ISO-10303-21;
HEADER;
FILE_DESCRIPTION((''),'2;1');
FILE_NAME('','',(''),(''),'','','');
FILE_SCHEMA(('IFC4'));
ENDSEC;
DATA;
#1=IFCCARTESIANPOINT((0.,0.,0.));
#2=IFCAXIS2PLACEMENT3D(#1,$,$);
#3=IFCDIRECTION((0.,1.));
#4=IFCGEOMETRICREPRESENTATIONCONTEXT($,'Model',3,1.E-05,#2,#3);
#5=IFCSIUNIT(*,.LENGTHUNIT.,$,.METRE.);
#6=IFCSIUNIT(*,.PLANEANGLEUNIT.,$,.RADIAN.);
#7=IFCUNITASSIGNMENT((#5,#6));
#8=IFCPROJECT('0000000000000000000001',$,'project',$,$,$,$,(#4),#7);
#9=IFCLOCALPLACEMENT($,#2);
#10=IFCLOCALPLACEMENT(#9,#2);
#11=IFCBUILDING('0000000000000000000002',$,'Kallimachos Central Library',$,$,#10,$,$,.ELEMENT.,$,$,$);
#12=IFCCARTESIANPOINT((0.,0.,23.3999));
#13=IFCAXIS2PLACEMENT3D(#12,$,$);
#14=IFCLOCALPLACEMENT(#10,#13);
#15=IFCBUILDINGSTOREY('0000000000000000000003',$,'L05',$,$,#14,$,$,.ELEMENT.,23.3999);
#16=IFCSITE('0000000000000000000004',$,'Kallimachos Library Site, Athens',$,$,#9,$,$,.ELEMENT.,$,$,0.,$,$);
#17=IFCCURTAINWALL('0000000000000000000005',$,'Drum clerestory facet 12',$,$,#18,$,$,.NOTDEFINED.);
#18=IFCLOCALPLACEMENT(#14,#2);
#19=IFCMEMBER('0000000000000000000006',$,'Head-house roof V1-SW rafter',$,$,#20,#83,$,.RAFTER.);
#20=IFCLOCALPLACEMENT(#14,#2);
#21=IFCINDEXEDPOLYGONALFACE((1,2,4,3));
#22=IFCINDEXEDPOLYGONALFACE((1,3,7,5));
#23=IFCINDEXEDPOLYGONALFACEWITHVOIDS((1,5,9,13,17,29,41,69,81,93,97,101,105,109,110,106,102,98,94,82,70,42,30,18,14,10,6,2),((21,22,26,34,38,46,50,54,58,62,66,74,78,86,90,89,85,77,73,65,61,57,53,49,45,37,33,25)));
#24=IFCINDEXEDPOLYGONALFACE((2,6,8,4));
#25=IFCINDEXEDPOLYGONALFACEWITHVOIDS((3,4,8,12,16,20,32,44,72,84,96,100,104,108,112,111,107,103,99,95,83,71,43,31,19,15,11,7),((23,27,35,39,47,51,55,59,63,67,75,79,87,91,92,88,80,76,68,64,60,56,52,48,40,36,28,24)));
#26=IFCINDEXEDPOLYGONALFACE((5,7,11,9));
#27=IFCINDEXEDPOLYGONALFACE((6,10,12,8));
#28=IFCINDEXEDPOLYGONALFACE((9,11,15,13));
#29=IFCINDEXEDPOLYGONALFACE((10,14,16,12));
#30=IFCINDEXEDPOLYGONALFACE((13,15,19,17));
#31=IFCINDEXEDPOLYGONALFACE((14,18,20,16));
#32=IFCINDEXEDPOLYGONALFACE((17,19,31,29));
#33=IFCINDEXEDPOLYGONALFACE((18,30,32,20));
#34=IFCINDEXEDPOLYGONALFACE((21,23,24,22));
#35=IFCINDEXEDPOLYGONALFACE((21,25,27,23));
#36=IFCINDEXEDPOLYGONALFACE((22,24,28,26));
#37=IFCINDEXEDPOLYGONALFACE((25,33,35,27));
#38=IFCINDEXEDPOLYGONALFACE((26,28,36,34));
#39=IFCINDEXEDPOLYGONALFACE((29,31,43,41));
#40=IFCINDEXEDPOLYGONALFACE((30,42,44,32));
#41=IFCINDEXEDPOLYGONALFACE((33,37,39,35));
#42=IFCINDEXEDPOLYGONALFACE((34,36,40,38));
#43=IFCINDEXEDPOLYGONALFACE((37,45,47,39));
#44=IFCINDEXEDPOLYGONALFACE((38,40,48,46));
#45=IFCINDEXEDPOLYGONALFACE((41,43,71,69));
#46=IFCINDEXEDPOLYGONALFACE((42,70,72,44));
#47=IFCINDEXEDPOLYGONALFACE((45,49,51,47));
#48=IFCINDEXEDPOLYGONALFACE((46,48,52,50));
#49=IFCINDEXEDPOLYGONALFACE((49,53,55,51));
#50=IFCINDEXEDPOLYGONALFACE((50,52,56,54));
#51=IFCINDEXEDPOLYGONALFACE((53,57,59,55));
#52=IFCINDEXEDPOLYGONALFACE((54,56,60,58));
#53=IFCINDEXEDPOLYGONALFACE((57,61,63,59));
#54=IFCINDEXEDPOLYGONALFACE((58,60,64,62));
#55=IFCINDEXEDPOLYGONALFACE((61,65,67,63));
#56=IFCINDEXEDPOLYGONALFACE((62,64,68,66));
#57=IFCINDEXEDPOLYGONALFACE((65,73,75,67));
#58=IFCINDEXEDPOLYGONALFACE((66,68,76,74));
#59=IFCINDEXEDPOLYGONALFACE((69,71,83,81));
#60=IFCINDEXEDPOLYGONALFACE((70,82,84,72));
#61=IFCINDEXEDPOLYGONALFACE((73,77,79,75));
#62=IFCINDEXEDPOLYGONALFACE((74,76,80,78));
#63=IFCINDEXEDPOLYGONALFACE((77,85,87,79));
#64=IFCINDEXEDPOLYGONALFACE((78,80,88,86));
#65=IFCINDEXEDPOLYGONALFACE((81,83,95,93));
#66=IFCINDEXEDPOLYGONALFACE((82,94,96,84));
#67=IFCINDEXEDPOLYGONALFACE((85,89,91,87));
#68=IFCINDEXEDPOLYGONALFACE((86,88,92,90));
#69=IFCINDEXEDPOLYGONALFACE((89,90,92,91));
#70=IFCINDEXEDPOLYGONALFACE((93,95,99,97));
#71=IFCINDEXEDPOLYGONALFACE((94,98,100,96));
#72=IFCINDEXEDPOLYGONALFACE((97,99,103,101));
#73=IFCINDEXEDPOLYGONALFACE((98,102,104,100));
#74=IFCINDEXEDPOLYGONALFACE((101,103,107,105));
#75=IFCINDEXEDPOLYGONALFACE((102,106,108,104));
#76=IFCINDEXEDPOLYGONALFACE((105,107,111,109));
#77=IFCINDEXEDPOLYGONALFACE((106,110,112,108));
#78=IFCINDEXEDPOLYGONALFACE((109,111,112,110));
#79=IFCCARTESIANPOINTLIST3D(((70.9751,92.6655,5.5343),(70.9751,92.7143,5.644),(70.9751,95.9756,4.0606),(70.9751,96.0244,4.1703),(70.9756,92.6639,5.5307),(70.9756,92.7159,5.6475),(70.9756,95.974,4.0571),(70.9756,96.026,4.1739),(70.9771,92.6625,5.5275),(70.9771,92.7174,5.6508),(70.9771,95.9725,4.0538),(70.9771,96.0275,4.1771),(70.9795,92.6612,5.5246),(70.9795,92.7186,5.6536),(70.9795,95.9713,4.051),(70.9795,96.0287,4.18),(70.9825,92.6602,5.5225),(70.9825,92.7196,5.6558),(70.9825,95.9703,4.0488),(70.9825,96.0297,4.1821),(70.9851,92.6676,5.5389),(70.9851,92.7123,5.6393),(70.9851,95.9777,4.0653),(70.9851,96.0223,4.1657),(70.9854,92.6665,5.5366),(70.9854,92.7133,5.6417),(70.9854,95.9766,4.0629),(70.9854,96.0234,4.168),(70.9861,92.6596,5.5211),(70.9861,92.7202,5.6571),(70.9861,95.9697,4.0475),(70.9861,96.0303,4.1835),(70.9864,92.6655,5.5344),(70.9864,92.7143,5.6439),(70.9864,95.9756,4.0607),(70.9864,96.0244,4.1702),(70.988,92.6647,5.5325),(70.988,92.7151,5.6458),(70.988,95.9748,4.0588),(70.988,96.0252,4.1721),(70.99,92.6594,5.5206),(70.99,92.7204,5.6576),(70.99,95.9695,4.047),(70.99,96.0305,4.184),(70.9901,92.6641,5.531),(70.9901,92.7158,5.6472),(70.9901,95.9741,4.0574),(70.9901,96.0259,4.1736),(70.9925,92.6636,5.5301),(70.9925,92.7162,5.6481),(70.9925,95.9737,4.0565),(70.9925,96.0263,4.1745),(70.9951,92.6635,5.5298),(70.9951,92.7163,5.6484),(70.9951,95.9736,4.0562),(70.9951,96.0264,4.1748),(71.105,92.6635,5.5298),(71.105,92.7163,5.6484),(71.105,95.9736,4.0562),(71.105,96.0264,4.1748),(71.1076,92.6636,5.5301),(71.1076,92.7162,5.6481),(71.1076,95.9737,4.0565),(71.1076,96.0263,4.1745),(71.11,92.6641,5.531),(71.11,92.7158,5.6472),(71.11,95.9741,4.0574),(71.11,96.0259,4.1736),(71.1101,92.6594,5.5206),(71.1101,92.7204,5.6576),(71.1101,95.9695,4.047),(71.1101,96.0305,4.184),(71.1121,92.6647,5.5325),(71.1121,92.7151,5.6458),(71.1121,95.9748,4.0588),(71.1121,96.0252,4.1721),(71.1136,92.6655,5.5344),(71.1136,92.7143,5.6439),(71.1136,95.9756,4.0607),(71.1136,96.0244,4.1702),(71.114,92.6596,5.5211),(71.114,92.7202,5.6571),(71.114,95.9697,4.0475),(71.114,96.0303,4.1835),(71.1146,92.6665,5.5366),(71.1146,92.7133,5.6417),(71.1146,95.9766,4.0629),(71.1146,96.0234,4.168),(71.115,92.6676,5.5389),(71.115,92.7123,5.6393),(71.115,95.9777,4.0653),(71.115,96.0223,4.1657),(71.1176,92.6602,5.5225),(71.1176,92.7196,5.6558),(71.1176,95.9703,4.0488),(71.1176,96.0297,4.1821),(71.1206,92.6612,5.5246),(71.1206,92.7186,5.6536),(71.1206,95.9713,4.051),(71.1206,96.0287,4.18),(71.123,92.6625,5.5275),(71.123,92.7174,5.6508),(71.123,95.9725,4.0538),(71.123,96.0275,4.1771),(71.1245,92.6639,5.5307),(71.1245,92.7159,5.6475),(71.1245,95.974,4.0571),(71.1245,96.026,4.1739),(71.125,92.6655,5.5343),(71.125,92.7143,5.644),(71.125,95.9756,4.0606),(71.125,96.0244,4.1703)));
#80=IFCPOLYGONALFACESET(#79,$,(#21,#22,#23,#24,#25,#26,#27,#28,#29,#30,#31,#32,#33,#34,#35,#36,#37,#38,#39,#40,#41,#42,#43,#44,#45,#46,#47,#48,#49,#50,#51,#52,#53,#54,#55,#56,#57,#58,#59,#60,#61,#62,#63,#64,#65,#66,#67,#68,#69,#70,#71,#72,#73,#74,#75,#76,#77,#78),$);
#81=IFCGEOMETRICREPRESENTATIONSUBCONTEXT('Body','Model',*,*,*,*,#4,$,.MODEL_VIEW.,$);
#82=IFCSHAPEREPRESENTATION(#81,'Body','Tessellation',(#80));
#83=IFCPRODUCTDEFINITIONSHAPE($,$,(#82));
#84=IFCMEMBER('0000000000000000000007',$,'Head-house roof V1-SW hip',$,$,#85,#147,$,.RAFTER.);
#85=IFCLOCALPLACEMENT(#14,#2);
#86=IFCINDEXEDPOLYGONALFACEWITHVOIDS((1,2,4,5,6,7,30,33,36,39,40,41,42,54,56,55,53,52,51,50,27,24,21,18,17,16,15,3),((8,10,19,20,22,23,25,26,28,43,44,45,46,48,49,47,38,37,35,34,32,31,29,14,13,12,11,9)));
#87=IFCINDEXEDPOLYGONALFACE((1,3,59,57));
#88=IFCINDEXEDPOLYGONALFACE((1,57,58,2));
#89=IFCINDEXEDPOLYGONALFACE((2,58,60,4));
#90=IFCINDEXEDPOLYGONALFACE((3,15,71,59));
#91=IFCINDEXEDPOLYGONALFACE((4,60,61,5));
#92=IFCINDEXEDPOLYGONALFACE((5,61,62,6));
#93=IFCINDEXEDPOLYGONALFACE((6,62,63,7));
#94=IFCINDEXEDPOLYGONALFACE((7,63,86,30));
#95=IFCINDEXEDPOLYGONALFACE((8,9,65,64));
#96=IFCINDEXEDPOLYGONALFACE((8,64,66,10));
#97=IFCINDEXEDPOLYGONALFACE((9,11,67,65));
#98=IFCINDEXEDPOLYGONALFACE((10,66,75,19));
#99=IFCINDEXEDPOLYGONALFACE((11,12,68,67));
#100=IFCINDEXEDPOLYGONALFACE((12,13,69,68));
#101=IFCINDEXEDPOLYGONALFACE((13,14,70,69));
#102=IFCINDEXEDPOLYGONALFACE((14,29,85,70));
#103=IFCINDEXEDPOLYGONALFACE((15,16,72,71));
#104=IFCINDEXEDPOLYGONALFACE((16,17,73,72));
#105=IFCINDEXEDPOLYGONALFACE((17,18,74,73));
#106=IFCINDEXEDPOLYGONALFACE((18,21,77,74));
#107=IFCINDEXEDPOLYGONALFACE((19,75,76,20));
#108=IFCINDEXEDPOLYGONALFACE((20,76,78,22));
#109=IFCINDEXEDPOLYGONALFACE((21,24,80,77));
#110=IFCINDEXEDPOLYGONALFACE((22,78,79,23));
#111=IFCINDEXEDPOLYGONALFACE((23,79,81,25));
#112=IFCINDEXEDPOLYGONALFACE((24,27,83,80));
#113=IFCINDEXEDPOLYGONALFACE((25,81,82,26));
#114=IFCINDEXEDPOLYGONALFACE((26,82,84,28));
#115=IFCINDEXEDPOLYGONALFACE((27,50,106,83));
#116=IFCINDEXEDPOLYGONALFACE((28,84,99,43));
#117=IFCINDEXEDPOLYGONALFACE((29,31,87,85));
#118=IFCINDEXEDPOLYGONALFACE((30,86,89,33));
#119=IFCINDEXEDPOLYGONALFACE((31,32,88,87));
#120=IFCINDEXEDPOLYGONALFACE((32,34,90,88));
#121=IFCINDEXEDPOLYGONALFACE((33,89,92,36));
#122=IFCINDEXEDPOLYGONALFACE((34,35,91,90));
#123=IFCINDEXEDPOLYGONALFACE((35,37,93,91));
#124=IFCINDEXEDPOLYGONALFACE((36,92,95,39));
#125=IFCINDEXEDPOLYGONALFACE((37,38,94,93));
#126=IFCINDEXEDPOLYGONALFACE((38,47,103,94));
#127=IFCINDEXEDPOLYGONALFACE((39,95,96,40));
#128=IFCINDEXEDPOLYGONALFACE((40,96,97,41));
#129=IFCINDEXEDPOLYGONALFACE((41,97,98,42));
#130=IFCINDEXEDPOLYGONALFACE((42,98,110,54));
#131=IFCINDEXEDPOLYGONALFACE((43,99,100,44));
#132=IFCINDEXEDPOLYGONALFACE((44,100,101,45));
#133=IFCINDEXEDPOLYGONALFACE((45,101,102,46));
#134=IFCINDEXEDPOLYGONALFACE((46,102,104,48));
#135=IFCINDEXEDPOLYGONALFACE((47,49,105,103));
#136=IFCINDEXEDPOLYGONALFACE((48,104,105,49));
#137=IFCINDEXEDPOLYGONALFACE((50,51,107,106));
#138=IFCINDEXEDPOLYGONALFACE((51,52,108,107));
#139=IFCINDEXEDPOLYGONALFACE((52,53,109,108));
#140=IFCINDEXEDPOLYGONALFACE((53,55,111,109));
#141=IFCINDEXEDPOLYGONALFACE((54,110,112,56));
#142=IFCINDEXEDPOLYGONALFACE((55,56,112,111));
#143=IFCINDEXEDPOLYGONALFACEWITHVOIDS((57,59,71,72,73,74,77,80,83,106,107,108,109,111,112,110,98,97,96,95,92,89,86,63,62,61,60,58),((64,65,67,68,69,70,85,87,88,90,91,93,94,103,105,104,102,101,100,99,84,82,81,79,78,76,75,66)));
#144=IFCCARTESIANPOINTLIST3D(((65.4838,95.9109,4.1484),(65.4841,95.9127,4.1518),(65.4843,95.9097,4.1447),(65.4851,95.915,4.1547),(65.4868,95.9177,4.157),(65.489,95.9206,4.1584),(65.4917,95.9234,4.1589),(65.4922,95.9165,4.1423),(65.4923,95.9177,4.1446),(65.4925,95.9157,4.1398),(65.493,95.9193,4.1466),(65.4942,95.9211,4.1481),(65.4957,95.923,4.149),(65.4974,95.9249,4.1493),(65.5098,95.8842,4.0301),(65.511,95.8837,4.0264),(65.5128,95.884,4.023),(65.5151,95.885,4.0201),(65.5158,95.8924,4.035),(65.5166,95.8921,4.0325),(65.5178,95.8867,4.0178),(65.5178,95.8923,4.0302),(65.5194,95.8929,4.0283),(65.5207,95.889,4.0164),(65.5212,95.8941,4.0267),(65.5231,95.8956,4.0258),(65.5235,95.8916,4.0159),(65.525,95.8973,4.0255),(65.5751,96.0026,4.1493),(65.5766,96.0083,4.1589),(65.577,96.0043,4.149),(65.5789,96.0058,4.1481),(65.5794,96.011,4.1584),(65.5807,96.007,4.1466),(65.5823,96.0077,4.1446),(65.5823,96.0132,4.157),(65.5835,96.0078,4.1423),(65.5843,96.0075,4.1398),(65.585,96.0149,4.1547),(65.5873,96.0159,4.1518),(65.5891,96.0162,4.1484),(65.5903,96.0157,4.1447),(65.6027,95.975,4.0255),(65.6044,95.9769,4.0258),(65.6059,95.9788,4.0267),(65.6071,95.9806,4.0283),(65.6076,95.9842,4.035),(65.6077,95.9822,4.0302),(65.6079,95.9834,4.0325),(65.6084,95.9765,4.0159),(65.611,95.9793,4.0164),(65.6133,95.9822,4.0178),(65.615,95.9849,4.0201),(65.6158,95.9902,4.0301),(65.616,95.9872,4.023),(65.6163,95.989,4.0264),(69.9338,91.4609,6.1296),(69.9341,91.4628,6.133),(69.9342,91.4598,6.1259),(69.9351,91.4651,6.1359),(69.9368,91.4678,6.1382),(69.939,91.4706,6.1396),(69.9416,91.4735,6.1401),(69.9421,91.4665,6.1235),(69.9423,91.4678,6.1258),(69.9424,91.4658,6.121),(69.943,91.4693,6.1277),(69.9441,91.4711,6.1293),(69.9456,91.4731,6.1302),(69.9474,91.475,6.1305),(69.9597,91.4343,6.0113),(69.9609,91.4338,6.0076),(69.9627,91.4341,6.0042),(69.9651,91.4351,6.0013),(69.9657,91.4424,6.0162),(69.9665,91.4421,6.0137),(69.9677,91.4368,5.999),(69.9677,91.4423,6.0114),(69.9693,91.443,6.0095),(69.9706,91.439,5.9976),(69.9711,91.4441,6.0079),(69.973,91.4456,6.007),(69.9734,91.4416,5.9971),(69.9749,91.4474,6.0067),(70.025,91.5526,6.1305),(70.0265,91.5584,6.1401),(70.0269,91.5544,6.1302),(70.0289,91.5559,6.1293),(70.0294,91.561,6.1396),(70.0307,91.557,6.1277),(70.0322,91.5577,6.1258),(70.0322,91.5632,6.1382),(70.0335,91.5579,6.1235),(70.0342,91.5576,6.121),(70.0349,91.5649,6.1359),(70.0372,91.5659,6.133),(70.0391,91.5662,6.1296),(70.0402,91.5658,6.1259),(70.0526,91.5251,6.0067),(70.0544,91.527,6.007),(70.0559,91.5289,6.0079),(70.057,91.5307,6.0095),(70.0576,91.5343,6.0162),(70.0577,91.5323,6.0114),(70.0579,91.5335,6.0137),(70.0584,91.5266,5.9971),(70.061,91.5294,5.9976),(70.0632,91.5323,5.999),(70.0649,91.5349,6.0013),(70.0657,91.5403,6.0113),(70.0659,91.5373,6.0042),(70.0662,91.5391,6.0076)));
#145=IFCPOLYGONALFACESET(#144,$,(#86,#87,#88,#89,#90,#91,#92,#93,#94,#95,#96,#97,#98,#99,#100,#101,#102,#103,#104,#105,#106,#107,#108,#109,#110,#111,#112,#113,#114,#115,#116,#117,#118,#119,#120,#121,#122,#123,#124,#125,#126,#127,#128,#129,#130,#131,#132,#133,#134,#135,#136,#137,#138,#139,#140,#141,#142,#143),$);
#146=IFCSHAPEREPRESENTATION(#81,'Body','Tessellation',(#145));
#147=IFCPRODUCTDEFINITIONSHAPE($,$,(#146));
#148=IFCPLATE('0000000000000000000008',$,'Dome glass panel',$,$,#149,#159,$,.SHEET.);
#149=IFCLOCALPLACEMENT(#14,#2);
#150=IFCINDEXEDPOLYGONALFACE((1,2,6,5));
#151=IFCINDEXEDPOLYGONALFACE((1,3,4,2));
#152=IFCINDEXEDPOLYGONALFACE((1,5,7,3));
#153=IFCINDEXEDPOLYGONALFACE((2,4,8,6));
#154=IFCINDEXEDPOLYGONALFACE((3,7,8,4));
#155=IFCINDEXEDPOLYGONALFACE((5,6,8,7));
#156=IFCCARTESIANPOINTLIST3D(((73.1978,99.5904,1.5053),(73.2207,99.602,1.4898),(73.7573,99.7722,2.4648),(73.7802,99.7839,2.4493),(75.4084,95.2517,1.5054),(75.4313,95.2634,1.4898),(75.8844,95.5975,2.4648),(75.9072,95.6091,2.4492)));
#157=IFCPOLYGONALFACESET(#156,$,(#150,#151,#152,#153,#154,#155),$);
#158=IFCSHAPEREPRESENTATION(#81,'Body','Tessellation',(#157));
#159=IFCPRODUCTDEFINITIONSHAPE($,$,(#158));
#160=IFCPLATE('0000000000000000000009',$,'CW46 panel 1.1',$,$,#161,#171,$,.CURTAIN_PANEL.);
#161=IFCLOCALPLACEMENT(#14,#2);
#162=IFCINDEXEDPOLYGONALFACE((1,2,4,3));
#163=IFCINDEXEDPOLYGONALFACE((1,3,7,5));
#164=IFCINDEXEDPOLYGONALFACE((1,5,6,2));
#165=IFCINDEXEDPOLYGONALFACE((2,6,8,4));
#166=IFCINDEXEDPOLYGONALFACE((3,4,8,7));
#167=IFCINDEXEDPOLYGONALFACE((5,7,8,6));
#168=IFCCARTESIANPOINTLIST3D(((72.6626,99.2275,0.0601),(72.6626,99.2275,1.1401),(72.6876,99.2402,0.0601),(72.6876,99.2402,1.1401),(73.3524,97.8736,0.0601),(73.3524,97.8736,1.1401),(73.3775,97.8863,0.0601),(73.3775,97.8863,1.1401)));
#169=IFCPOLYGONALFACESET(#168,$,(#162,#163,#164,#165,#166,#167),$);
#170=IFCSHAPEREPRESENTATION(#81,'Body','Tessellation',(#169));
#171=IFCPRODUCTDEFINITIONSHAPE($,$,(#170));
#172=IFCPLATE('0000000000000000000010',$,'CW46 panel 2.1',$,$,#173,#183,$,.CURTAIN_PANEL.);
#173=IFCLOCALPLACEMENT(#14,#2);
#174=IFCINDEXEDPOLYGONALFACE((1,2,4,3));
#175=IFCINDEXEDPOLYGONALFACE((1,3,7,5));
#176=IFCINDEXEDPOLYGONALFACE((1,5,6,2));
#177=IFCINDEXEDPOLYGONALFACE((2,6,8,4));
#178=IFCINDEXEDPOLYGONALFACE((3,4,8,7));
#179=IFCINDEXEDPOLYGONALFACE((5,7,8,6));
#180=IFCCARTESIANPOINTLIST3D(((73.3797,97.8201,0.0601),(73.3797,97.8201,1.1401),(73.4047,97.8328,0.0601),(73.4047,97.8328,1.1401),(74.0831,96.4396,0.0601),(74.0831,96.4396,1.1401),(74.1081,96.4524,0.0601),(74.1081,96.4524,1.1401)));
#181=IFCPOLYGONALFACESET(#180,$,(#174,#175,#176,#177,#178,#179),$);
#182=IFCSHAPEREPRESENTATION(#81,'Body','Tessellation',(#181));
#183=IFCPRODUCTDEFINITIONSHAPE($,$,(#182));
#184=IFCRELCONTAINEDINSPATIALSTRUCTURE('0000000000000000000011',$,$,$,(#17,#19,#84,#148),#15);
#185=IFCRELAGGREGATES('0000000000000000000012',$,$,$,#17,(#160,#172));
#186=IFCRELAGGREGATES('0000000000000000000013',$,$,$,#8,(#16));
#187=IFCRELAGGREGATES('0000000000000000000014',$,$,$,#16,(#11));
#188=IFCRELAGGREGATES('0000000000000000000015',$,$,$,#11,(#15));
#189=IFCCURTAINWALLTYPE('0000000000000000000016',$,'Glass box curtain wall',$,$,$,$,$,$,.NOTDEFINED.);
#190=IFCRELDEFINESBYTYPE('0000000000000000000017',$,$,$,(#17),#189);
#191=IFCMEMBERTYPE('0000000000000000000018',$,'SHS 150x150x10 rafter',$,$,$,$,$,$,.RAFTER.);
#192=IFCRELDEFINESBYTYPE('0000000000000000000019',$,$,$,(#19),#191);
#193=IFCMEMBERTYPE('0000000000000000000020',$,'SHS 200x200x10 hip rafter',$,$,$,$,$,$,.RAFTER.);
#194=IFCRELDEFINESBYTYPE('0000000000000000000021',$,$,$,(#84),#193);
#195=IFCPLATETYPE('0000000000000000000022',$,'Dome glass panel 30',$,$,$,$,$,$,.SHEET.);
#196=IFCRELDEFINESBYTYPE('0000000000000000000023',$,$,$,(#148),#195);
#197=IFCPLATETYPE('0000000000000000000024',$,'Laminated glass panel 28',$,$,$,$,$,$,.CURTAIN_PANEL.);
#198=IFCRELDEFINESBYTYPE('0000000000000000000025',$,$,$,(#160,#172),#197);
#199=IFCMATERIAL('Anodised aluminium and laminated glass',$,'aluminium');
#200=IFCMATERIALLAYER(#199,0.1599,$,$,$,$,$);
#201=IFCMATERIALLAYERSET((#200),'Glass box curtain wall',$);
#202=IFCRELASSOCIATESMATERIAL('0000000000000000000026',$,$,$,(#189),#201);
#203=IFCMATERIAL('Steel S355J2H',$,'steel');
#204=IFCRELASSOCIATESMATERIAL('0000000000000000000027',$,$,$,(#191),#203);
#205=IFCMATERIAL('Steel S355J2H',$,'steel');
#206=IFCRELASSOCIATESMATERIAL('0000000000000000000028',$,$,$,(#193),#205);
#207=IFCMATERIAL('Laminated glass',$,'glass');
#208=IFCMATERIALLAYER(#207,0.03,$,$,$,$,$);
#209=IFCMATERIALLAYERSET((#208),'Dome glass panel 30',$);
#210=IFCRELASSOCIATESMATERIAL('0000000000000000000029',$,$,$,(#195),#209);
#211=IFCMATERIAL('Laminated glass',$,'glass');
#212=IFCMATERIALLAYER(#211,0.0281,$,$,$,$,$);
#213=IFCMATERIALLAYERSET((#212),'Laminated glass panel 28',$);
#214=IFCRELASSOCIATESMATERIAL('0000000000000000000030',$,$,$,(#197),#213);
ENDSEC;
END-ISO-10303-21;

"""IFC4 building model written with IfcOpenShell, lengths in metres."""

from ifc_helpers import new_model, si_unit, direction, frame, origin, origin_2d, place, context, subcontext, project, spatial, polyline, rectangle, hollow_rectangle, outline, extrude, material, layer, layer_set, material_profile, profile_set, type_object, element, aggregate, save


model = new_model("IFC4")

# Units and contexts
model_context = context("Model", 3, precision=1e-05, world=origin(), true_north=direction((0.0, 1.0)))
body_context = subcontext(model_context, "Body", "Model", "MODEL_VIEW")
ifc_project = project(units=[si_unit("LENGTHUNIT", "METRE"), si_unit("PLANEANGLEUNIT", "RADIAN")], contexts=[model_context])

# Site, building, storey
site_placement = place(None, origin())
site = spatial("IfcSite", under=ifc_project, at=site_placement, Name="Kallimachos Library Site, Athens", CompositionType="ELEMENT", RefElevation=0.0)
building_placement = place(site_placement, origin())
building = spatial("IfcBuilding", under=site, at=building_placement, Name="Kallimachos Central Library", CompositionType="ELEMENT")
storey_placement = place(building_placement, frame((0.0, 0.0, 23.3999)))
storey = spatial("IfcBuildingStorey", under=building, at=storey_placement, Name="L05", CompositionType="ELEMENT", Elevation=23.3999)

# Shared definitions
ifc_material_1 = material(Name="Anodised aluminium and laminated glass", Category="aluminium")
ifc_layer_1 = layer(ifc_material_1, 0.1599)
ifc_layer_set_1 = layer_set([ifc_layer_1], Name="Glass box curtain wall")
curtain_wall_type = type_object("IfcCurtainWallType", Name="Glass box curtain wall", PredefinedType="NOTDEFINED", material=ifc_layer_set_1)

# Curtain wall
curtain_wall_1_placement = place(storey_placement, origin())
curtain_wall_1 = element("IfcCurtainWall", 1, at=curtain_wall_1_placement, inside=storey, type_object=curtain_wall_type, Name="Drum clerestory facet 12", PredefinedType="NOTDEFINED")

# Members
ifc_material_2 = material(Name="Steel S355J2H", Category="steel")
ifc_material_profile_1 = material_profile(ifc_material_2, hollow_rectangle(XDim=0.1499, YDim=0.1499, WallThickness=0.01, InnerFilletRadius=0.01, OuterFilletRadius=0.0149, at=origin_2d()), Name="SHS 150x150x10")
ifc_profile_set_1 = profile_set([ifc_material_profile_1], Name="Steel S355J2H")
member_type_1 = type_object("IfcMemberType", Name="SHS 150x150x10 rafter", PredefinedType="RAFTER", material=ifc_profile_set_1)
member_1_placement = place(storey_placement, frame((71.05, 96.0, 4.1155), z_axis=(0.0, -0.913556, 0.406714), x_axis=(1.0, 0.0, 0.0)))
element("IfcMember", 2, at=member_1_placement, inside=storey, type_object=member_type_1, Name="Head-house roof V1-SW rafter", PredefinedType="RAFTER", context=body_context, shape_type="SweptSolid", body=[
    extrude(hollow_rectangle(XDim=0.1499, YDim=0.1499, WallThickness=0.01, InnerFilletRadius=0.01, OuterFilletRadius=0.0149, at=origin_2d()), origin(), (0.0, 0.0, 1.0), 3.6233),
])
ifc_material_3 = material(Name="Steel S355J2H", Category="steel")
ifc_material_profile_2 = material_profile(ifc_material_3, hollow_rectangle(XDim=0.1499, YDim=0.1499, WallThickness=0.01, InnerFilletRadius=0.01, OuterFilletRadius=0.0149, at=origin_2d()), Name="SHS 150x150x10")
ifc_profile_set_2 = profile_set([ifc_material_profile_2], Name="Steel S355J2H")
member_type_2 = type_object("IfcMemberType", Name="SHS 200x200x10 hip rafter", PredefinedType="RAFTER", material=ifc_profile_set_2)
member_2_placement = place(storey_placement, frame((65.55, 95.95, 4.0874), z_axis=(0.674473, -0.674473, 0.300288), x_axis=(0.707107, 0.707107, 0.0)))
element("IfcMember", 3, at=member_2_placement, inside=storey, type_object=member_type_2, Name="Head-house roof V1-SW hip", PredefinedType="RAFTER", context=body_context, shape_type="SweptSolid", body=[
    extrude(hollow_rectangle(XDim=0.1499, YDim=0.1499, WallThickness=0.01, InnerFilletRadius=0.01, OuterFilletRadius=0.0149, at=origin_2d()), origin(), (0.0, 0.0, 1.0), 6.5977),
])

# Plates
ifc_material_4 = material(Name="Laminated glass", Category="glass")
ifc_layer_2 = layer(ifc_material_4, 0.03)
ifc_layer_set_2 = layer_set([ifc_layer_2], Name="Dome glass panel 30")
plate_type_1 = type_object("IfcPlateType", Name="Dome glass panel 30", PredefinedType="SHEET", material=ifc_layer_set_2)
plate_1_placement = place(storey_placement, frame((73.7573, 99.7722, 2.4648), z_axis=(-0.762156, -0.388323, 0.517999), x_axis=(-0.497097, -0.161565, -0.852521)))
element("IfcPlate", 4, at=plate_1_placement, inside=storey, type_object=plate_type_1, Name="Dome glass panel", PredefinedType="SHEET", context=body_context, shape_type="SweptSolid", body=[
    extrude(outline(polyline([(0.0, 0.0), (1.1255, 0.0), (0.7276, 4.8531), (-0.3828, 4.6697), (0.0, 0.0)])), origin(), (0.0, 0.0, -1.0), 0.03),
])
ifc_material_5 = material(Name="Laminated glass", Category="glass")
ifc_layer_3 = layer(ifc_material_5, 0.0281)
ifc_layer_set_3 = layer_set([ifc_layer_3], Name="Laminated glass panel 28")
plate_type_2 = type_object("IfcPlateType", Name="Laminated glass panel 28", PredefinedType="CURTAIN_PANEL", material=ifc_layer_set_3)
plate_2_placement = place(storey_placement, frame((73.02, 98.5569, 0.0601), z_axis=(0.0, 0.0, 1.0), x_axis=(0.453991, -0.891006, 0.0)))
plate_2 = element("IfcPlate", 5, at=plate_2_placement, type_object=plate_type_2, Name="CW46 panel 1.1", PredefinedType="CURTAIN_PANEL", context=body_context, shape_type="SweptSolid", body=[
    extrude(rectangle(XDim=1.5195, YDim=0.0281, at=origin_2d()), origin(), (0.0, 0.0, 1.0), 1.0801),
])
plate_3_placement = place(storey_placement, frame((73.7439, 97.1362, 0.0601), z_axis=(0.0, 0.0, 1.0), x_axis=(0.453991, -0.891006, 0.0)))
plate_3 = element("IfcPlate", 6, at=plate_3_placement, type_object=plate_type_2, Name="CW46 panel 2.1", PredefinedType="CURTAIN_PANEL", context=body_context, shape_type="SweptSolid", body=[
    extrude(rectangle(XDim=1.5493, YDim=0.0281, at=origin_2d()), origin(), (0.0, 0.0, 1.0), 1.0801),
])
aggregate(curtain_wall_1, [plate_2, plate_3])

save(model, "model.ifc")
